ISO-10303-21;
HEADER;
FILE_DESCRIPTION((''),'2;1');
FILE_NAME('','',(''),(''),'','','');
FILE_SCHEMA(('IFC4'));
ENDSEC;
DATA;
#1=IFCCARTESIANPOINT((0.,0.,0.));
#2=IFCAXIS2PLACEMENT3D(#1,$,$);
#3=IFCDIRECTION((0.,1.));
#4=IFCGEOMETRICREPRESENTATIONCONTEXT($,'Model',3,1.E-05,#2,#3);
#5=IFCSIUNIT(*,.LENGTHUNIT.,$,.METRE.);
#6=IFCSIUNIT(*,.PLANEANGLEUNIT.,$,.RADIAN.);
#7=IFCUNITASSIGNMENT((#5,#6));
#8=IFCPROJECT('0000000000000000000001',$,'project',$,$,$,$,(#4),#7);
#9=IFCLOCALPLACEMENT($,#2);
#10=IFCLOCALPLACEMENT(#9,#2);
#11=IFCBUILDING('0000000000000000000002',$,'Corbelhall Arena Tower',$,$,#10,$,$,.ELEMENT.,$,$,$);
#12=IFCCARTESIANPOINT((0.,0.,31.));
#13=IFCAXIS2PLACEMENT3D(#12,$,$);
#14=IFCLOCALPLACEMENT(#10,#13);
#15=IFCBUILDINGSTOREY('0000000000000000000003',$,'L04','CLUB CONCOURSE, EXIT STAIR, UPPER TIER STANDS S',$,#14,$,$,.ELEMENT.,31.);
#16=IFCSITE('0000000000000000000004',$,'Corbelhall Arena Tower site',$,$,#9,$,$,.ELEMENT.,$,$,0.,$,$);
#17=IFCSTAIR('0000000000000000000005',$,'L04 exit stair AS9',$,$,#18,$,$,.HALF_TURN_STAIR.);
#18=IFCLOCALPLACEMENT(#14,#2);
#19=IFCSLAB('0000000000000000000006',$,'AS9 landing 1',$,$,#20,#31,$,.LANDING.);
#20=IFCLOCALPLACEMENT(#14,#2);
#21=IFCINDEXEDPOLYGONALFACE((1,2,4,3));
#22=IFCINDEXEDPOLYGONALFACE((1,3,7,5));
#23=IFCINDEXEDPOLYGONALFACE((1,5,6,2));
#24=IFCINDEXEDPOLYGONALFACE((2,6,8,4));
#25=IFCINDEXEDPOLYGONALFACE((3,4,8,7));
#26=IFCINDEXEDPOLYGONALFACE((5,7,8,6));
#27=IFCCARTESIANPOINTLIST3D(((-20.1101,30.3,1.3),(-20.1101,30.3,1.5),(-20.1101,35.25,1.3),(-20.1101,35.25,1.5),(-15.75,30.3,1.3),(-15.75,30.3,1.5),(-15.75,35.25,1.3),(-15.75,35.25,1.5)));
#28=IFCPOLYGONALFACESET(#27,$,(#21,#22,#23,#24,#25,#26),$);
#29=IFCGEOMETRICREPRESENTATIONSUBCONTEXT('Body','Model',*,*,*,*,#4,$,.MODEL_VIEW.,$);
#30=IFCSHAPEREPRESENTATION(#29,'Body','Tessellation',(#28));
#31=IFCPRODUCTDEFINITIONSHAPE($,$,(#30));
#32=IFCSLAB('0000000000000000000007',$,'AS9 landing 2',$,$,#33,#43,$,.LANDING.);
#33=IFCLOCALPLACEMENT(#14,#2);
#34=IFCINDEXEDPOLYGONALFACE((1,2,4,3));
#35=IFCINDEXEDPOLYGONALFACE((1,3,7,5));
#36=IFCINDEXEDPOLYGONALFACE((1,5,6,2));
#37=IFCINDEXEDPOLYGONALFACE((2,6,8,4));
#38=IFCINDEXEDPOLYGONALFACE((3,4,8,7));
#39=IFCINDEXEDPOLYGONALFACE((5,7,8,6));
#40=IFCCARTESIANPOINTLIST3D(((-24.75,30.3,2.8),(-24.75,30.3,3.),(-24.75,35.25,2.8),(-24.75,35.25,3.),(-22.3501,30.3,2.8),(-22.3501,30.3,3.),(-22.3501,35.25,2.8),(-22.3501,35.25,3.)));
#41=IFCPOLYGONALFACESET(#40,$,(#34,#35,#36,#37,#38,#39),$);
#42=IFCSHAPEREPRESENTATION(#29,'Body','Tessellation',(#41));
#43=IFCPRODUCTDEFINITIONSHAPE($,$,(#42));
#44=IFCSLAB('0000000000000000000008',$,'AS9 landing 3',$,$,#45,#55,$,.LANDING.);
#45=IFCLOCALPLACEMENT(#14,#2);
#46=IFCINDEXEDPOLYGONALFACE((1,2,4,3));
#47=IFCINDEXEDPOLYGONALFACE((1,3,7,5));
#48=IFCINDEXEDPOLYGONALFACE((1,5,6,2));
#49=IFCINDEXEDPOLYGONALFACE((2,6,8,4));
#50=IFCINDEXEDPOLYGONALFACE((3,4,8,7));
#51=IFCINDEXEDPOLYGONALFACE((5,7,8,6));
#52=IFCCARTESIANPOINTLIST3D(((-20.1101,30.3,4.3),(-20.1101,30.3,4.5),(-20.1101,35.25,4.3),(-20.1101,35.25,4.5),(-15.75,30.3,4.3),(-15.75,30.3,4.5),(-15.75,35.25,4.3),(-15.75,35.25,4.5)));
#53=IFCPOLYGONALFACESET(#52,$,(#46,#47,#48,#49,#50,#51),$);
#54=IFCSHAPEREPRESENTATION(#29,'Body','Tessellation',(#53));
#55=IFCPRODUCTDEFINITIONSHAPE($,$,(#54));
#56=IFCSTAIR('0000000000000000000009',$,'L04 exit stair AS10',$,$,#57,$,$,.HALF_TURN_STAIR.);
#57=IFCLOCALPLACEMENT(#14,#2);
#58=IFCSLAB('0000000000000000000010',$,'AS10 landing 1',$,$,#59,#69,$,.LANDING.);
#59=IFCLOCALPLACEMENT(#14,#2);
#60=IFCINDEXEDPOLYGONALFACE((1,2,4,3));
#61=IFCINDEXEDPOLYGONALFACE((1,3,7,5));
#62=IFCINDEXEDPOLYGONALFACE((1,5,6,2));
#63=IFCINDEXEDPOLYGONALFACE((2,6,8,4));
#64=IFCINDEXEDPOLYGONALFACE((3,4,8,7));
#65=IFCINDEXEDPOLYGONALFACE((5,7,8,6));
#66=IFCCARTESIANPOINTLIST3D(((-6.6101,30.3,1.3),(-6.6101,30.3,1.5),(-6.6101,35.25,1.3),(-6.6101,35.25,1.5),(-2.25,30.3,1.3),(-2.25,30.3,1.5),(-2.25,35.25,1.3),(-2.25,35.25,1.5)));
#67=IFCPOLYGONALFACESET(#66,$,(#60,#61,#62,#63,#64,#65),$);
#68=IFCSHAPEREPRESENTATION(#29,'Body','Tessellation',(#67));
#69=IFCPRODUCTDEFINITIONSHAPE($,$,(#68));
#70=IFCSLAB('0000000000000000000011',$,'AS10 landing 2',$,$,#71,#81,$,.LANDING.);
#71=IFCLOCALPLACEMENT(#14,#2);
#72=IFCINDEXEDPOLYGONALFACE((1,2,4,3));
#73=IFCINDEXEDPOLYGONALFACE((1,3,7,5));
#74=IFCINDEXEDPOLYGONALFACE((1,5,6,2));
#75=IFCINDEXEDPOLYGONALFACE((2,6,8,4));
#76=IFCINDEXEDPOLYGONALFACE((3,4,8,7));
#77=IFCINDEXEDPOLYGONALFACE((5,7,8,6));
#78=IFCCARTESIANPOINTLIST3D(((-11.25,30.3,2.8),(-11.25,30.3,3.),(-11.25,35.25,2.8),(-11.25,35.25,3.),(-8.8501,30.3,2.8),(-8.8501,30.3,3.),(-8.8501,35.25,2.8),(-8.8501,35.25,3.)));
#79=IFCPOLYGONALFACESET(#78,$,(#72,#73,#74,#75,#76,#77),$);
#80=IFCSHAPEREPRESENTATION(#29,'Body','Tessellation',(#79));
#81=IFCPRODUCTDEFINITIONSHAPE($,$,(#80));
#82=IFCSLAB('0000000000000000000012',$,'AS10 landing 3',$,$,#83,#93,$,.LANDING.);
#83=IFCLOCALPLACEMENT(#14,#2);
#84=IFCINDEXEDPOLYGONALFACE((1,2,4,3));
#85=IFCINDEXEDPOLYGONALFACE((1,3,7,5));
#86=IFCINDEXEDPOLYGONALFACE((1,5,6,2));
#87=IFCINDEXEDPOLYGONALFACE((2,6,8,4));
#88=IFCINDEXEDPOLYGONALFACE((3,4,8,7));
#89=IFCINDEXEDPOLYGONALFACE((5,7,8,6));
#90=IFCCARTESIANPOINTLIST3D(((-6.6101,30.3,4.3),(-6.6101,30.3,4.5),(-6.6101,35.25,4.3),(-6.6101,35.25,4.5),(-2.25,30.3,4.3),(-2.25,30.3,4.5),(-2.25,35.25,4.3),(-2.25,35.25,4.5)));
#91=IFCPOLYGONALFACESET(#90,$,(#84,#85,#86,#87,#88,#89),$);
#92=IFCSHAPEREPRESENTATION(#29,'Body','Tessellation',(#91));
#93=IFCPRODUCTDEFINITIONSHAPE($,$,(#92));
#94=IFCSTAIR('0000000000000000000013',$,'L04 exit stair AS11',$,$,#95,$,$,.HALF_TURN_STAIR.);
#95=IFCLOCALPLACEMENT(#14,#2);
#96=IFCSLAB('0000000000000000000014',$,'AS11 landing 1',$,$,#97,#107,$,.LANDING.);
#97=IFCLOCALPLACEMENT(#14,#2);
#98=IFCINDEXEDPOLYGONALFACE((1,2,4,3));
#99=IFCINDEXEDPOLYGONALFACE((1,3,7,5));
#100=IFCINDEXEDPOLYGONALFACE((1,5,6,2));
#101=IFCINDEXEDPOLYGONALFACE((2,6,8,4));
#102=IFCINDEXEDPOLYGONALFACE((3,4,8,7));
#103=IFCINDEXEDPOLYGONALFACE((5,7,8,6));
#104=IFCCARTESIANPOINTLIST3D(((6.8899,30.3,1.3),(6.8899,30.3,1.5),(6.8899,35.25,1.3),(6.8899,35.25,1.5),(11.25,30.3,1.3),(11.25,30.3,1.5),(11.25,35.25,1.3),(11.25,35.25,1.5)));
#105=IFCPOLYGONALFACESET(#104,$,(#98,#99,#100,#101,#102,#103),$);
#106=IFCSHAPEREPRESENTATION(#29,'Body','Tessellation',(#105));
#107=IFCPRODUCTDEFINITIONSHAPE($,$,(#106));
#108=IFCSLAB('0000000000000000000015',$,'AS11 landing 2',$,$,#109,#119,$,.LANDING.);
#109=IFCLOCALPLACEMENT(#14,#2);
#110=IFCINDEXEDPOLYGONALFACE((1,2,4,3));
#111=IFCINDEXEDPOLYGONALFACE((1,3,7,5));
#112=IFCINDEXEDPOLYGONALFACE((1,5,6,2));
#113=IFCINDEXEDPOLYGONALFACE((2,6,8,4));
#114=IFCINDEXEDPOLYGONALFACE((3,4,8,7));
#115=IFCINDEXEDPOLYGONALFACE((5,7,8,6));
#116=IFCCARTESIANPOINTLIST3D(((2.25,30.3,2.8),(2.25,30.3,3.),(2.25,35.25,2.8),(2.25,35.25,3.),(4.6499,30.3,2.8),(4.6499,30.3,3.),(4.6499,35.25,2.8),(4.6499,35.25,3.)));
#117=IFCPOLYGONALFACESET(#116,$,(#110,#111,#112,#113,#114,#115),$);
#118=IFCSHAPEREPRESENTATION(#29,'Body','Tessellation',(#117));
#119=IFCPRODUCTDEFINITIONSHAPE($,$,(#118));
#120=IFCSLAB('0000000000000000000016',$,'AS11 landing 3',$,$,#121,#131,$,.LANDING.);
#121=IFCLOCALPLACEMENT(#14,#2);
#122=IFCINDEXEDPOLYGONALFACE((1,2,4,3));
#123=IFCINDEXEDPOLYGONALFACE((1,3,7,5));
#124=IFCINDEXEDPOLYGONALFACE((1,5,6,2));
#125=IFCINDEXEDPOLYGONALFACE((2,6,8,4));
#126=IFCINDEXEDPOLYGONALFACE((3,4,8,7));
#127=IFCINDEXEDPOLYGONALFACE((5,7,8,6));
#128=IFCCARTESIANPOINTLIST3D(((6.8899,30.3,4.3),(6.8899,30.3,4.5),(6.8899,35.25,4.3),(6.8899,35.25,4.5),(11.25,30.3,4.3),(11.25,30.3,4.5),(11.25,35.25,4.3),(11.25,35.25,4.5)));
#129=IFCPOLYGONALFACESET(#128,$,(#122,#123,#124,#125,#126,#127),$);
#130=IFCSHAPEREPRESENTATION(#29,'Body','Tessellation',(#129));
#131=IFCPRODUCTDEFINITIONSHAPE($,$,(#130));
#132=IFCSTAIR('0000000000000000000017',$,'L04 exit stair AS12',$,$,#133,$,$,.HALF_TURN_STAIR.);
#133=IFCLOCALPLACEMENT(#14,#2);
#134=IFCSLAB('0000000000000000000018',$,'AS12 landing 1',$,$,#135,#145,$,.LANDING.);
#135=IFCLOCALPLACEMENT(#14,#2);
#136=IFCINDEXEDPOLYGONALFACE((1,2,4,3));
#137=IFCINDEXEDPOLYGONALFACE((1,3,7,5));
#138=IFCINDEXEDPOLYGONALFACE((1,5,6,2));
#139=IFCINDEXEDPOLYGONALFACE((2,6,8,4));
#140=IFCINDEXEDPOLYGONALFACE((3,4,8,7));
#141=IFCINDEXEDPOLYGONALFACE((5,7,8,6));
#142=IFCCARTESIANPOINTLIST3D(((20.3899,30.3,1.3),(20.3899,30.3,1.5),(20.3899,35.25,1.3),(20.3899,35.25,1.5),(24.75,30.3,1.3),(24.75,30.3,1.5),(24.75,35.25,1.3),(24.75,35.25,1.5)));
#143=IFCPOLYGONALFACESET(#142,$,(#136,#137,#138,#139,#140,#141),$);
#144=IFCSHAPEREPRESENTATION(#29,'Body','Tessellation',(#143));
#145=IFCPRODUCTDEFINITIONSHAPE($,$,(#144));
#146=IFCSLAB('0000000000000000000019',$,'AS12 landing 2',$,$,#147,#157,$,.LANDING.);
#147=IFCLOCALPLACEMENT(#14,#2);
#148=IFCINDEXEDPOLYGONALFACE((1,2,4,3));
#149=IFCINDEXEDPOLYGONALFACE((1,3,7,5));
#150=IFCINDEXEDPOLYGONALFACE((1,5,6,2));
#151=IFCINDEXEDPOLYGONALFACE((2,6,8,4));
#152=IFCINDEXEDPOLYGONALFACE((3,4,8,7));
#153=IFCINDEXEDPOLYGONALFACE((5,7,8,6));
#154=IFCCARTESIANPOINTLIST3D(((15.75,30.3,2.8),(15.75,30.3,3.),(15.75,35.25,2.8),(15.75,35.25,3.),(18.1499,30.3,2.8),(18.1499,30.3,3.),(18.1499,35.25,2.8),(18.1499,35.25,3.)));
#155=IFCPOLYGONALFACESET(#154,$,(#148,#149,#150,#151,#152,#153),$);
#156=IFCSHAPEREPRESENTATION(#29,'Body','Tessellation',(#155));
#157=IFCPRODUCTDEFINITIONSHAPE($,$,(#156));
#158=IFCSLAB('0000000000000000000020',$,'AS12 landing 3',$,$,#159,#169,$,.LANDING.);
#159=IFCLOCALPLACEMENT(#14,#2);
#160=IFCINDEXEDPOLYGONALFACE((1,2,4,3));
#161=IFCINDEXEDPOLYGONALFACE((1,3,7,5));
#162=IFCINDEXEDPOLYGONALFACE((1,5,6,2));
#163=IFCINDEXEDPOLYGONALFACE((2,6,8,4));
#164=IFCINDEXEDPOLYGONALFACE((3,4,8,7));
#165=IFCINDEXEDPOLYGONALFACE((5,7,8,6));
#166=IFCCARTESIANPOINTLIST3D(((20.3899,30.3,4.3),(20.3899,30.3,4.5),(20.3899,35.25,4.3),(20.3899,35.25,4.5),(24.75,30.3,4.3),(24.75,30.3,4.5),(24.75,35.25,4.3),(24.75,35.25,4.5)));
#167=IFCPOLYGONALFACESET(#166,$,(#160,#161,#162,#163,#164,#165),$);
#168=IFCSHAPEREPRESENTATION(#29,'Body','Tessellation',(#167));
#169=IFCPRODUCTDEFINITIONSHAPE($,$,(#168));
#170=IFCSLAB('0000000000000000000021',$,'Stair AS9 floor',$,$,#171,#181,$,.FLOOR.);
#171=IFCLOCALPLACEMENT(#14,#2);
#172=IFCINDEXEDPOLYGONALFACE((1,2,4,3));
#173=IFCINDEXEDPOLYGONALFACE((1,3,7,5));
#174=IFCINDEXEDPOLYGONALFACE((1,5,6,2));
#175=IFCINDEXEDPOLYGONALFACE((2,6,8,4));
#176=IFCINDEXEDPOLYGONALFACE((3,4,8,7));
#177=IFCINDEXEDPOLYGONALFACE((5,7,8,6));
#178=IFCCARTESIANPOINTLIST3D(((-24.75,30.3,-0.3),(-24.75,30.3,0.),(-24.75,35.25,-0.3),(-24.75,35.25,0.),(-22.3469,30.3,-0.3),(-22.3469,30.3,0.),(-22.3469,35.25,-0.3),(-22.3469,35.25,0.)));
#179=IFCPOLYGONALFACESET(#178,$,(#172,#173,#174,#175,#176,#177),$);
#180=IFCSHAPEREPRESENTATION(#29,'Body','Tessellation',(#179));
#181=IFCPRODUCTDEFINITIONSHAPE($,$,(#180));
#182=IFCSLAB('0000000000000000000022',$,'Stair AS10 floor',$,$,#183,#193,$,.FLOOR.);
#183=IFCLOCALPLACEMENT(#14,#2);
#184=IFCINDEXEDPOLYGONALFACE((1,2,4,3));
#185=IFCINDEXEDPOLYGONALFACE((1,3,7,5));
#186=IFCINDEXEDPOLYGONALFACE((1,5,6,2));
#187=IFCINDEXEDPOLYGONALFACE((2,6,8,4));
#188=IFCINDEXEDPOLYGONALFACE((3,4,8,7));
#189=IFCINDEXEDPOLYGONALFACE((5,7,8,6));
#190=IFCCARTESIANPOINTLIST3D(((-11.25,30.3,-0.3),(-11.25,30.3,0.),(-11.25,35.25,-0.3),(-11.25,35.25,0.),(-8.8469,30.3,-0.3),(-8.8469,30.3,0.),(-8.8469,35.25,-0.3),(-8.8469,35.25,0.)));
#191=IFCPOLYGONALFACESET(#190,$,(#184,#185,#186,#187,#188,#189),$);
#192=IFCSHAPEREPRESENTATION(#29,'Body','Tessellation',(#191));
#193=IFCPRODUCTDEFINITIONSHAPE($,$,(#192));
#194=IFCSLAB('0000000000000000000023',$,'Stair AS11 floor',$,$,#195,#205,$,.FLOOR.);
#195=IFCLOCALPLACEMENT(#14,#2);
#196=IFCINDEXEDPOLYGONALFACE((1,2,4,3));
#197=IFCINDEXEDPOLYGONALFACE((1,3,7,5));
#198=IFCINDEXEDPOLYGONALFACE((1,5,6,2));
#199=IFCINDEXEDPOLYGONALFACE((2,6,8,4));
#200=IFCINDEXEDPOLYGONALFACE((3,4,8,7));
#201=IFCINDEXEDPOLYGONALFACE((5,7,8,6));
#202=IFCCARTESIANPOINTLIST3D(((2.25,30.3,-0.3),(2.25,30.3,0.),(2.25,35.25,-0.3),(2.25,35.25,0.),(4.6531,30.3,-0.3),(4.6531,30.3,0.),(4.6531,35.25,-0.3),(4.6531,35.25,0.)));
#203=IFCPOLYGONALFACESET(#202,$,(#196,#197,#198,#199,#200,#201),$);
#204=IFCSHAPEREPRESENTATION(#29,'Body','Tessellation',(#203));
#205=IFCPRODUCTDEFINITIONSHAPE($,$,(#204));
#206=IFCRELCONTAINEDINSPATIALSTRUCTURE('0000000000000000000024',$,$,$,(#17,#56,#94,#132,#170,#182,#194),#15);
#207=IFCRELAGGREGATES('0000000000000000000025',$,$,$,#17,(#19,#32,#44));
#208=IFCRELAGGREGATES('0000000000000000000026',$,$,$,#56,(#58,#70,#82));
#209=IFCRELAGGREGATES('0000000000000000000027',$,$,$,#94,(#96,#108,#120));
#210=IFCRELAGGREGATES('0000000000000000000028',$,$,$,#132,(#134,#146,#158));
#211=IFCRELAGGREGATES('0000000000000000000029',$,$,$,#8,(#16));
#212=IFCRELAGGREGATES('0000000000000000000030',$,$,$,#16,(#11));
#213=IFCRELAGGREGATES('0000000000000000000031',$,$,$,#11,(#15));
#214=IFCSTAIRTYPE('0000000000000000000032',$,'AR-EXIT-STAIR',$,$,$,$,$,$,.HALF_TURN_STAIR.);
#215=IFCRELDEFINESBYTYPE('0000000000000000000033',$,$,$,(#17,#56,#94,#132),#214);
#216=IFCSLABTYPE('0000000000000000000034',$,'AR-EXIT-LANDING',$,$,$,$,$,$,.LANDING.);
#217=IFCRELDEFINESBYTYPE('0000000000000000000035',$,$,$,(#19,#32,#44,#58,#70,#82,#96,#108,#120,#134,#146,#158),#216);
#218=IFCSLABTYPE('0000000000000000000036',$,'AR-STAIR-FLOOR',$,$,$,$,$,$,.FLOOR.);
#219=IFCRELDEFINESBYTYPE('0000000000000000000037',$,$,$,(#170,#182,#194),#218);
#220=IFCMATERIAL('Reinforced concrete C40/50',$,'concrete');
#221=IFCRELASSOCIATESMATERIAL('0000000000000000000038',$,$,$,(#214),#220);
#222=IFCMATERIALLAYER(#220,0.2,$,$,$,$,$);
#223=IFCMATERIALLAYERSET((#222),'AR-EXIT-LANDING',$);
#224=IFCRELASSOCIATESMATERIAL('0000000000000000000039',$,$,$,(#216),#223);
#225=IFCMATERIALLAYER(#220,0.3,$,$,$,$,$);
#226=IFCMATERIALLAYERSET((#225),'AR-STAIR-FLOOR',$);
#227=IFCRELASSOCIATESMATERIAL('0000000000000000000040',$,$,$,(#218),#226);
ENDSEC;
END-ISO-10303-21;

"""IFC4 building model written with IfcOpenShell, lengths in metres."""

from ifc_helpers import new_model, si_unit, direction, frame, origin, place, context, subcontext, project, spatial, polyline, outline, extrude, material, layer, layer_set, type_object, element, aggregate, save


model = new_model("IFC4")

# Units and contexts
model_context = context("Model", 3, precision=1e-05, world=origin(), true_north=direction((0.0, 1.0)))
body_context = subcontext(model_context, "Body", "Model", "MODEL_VIEW")
ifc_project = project(units=[si_unit("LENGTHUNIT", "METRE"), si_unit("PLANEANGLEUNIT", "RADIAN")], contexts=[model_context])

# Site, building, storey
site_placement = place(None, origin())
site = spatial("IfcSite", under=ifc_project, at=site_placement, Name="Corbelhall Arena Tower site", CompositionType="ELEMENT", RefElevation=0.0)
building_placement = place(site_placement, origin())
building = spatial("IfcBuilding", under=site, at=building_placement, Name="Corbelhall Arena Tower", CompositionType="ELEMENT")
storey_placement = place(building_placement, frame((0.0, 0.0, 31.0)))
storey = spatial("IfcBuildingStorey", under=building, at=storey_placement, Name="L04", Description="CLUB CONCOURSE, EXIT STAIR, UPPER TIER STANDS S", CompositionType="ELEMENT", Elevation=31.0)

# Stairs, slabs
ifc_material_1 = material(Name="Reinforced concrete C40/50", Category="concrete")
stair_type_1 = type_object("IfcStairType", Name="AR-EXIT-STAIR", PredefinedType="HALF_TURN_STAIR", material=ifc_material_1)
stair_1_placement = place(storey_placement, origin())
stair_1 = element("IfcStair", 1, at=stair_1_placement, inside=storey, type_object=stair_type_1, Name="L04 exit stair AS9", PredefinedType="HALF_TURN_STAIR")
ifc_layer_1 = layer(ifc_material_1, 0.2)
ifc_layer_set_1 = layer_set([ifc_layer_1], Name="AR-EXIT-LANDING")
slab_type_1 = type_object("IfcSlabType", Name="AR-EXIT-LANDING", PredefinedType="LANDING", material=ifc_layer_set_1)
slab_1_placement = place(storey_placement, frame((0.0, 0.0, 1.3)))
slab_1 = element("IfcSlab", 2, at=slab_1_placement, type_object=slab_type_1, Name="AS9 landing 1", PredefinedType="LANDING", context=body_context, shape_type="SweptSolid", body=[
    extrude(outline(polyline([(-20.1101, 30.3), (-15.75, 30.3), (-15.75, 35.25), (-20.1101, 35.25), (-20.1101, 30.3)])), origin(), (0.0, 0.0, 1.0), 0.2),
])
slab_2_placement = place(storey_placement, frame((0.0, 0.0, 2.8)))
slab_2 = element("IfcSlab", 3, at=slab_2_placement, type_object=slab_type_1, Name="AS9 landing 2", PredefinedType="LANDING", context=body_context, shape_type="SweptSolid", body=[
    extrude(outline(polyline([(-24.75, 30.3), (-22.3501, 30.3), (-22.3501, 35.25), (-24.75, 35.25), (-24.75, 30.3)])), origin(), (0.0, 0.0, 1.0), 0.2),
])
slab_3_placement = place(storey_placement, frame((0.0, 0.0, 4.3)))
slab_3 = element("IfcSlab", 4, at=slab_3_placement, type_object=slab_type_1, Name="AS9 landing 3", PredefinedType="LANDING", context=body_context, shape_type="SweptSolid", body=[
    extrude(outline(polyline([(-20.1101, 30.3), (-15.75, 30.3), (-15.75, 35.25), (-20.1101, 35.25), (-20.1101, 30.3)])), origin(), (0.0, 0.0, 1.0), 0.2),
])
aggregate(stair_1, [slab_1, slab_2, slab_3])
stair_2_placement = place(storey_placement, origin())
stair_2 = element("IfcStair", 5, at=stair_2_placement, inside=storey, type_object=stair_type_1, Name="L04 exit stair AS10", PredefinedType="HALF_TURN_STAIR")
slab_4_placement = place(storey_placement, frame((0.0, 0.0, 1.3)))
slab_4 = element("IfcSlab", 6, at=slab_4_placement, type_object=slab_type_1, Name="AS10 landing 1", PredefinedType="LANDING", context=body_context, shape_type="SweptSolid", body=[
    extrude(outline(polyline([(-6.6101, 30.3), (-2.25, 30.3), (-2.25, 35.25), (-6.6101, 35.25), (-6.6101, 30.3)])), origin(), (0.0, 0.0, 1.0), 0.2),
])
slab_5_placement = place(storey_placement, frame((0.0, 0.0, 2.8)))
slab_5 = element("IfcSlab", 7, at=slab_5_placement, type_object=slab_type_1, Name="AS10 landing 2", PredefinedType="LANDING", context=body_context, shape_type="SweptSolid", body=[
    extrude(outline(polyline([(-11.25, 30.3), (-8.8501, 30.3), (-8.8501, 35.25), (-11.25, 35.25), (-11.25, 30.3)])), origin(), (0.0, 0.0, 1.0), 0.2),
])
slab_6_placement = place(storey_placement, frame((0.0, 0.0, 4.3)))
slab_6 = element("IfcSlab", 8, at=slab_6_placement, type_object=slab_type_1, Name="AS10 landing 3", PredefinedType="LANDING", context=body_context, shape_type="SweptSolid", body=[
    extrude(outline(polyline([(-6.6101, 30.3), (-2.25, 30.3), (-2.25, 35.25), (-6.6101, 35.25), (-6.6101, 30.3)])), origin(), (0.0, 0.0, 1.0), 0.2),
])
aggregate(stair_2, [slab_4, slab_5, slab_6])
stair_3_placement = place(storey_placement, origin())
stair_3 = element("IfcStair", 9, at=stair_3_placement, inside=storey, type_object=stair_type_1, Name="L04 exit stair AS11", PredefinedType="HALF_TURN_STAIR")
slab_7_placement = place(storey_placement, frame((0.0, 0.0, 1.3)))
slab_7 = element("IfcSlab", 10, at=slab_7_placement, type_object=slab_type_1, Name="AS11 landing 1", PredefinedType="LANDING", context=body_context, shape_type="SweptSolid", body=[
    extrude(outline(polyline([(6.8899, 30.3), (11.25, 30.3), (11.25, 35.25), (6.8899, 35.25), (6.8899, 30.3)])), origin(), (0.0, 0.0, 1.0), 0.2),
])
slab_8_placement = place(storey_placement, frame((0.0, 0.0, 2.8)))
slab_8 = element("IfcSlab", 11, at=slab_8_placement, type_object=slab_type_1, Name="AS11 landing 2", PredefinedType="LANDING", context=body_context, shape_type="SweptSolid", body=[
    extrude(outline(polyline([(2.25, 30.3), (4.6499, 30.3), (4.6499, 35.25), (2.25, 35.25), (2.25, 30.3)])), origin(), (0.0, 0.0, 1.0), 0.2),
])
slab_9_placement = place(storey_placement, frame((0.0, 0.0, 4.3)))
slab_9 = element("IfcSlab", 12, at=slab_9_placement, type_object=slab_type_1, Name="AS11 landing 3", PredefinedType="LANDING", context=body_context, shape_type="SweptSolid", body=[
    extrude(outline(polyline([(6.8899, 30.3), (11.25, 30.3), (11.25, 35.25), (6.8899, 35.25), (6.8899, 30.3)])), origin(), (0.0, 0.0, 1.0), 0.2),
])
aggregate(stair_3, [slab_7, slab_8, slab_9])
stair_4_placement = place(storey_placement, origin())
stair_4 = element("IfcStair", 13, at=stair_4_placement, inside=storey, type_object=stair_type_1, Name="L04 exit stair AS12", PredefinedType="HALF_TURN_STAIR")
slab_10_placement = place(storey_placement, frame((0.0, 0.0, 1.3)))
slab_10 = element("IfcSlab", 14, at=slab_10_placement, type_object=slab_type_1, Name="AS12 landing 1", PredefinedType="LANDING", context=body_context, shape_type="SweptSolid", body=[
    extrude(outline(polyline([(20.3899, 30.3), (24.75, 30.3), (24.75, 35.25), (20.3899, 35.25), (20.3899, 30.3)])), origin(), (0.0, 0.0, 1.0), 0.2),
])
slab_11_placement = place(storey_placement, frame((0.0, 0.0, 2.8)))
slab_11 = element("IfcSlab", 15, at=slab_11_placement, type_object=slab_type_1, Name="AS12 landing 2", PredefinedType="LANDING", context=body_context, shape_type="SweptSolid", body=[
    extrude(outline(polyline([(15.75, 30.3), (18.1499, 30.3), (18.1499, 35.25), (15.75, 35.25), (15.75, 30.3)])), origin(), (0.0, 0.0, 1.0), 0.2),
])
slab_12_placement = place(storey_placement, frame((0.0, 0.0, 4.3)))
slab_12 = element("IfcSlab", 16, at=slab_12_placement, type_object=slab_type_1, Name="AS12 landing 3", PredefinedType="LANDING", context=body_context, shape_type="SweptSolid", body=[
    extrude(outline(polyline([(20.3899, 30.3), (24.75, 30.3), (24.75, 35.25), (20.3899, 35.25), (20.3899, 30.3)])), origin(), (0.0, 0.0, 1.0), 0.2),
])
aggregate(stair_4, [slab_10, slab_11, slab_12])

# Slabs
ifc_layer_2 = layer(ifc_material_1, 0.3)
ifc_layer_set_2 = layer_set([ifc_layer_2], Name="AR-STAIR-FLOOR")
slab_type_2 = type_object("IfcSlabType", Name="AR-STAIR-FLOOR", PredefinedType="FLOOR", material=ifc_layer_set_2)
slab_13_placement = place(storey_placement, frame((0.0, 0.0, -0.3)))
element("IfcSlab", 17, at=slab_13_placement, inside=storey, type_object=slab_type_2, Name="Stair AS9 floor", PredefinedType="FLOOR", context=body_context, shape_type="SweptSolid", body=[
    extrude(outline(polyline([(-24.75, 30.3), (-24.75, 35.25), (-22.3469, 35.25), (-22.3469, 30.3), (-24.75, 30.3)])), origin(), (0.0, 0.0, 1.0), 0.3),
])
slab_14_placement = place(storey_placement, frame((0.0, 0.0, -0.3)))
element("IfcSlab", 18, at=slab_14_placement, inside=storey, type_object=slab_type_2, Name="Stair AS10 floor", PredefinedType="FLOOR", context=body_context, shape_type="SweptSolid", body=[
    extrude(outline(polyline([(-11.25, 30.3), (-11.25, 35.25), (-8.8469, 35.25), (-8.8469, 30.3), (-11.25, 30.3)])), origin(), (0.0, 0.0, 1.0), 0.3),
])
slab_15_placement = place(storey_placement, frame((0.0, 0.0, -0.3)))
element("IfcSlab", 19, at=slab_15_placement, inside=storey, type_object=slab_type_2, Name="Stair AS11 floor", PredefinedType="FLOOR", context=body_context, shape_type="SweptSolid", body=[
    extrude(outline(polyline([(2.25, 30.3), (2.25, 35.25), (4.6531, 35.25), (4.6531, 30.3), (2.25, 30.3)])), origin(), (0.0, 0.0, 1.0), 0.3),
])

save(model, "model.ifc")
